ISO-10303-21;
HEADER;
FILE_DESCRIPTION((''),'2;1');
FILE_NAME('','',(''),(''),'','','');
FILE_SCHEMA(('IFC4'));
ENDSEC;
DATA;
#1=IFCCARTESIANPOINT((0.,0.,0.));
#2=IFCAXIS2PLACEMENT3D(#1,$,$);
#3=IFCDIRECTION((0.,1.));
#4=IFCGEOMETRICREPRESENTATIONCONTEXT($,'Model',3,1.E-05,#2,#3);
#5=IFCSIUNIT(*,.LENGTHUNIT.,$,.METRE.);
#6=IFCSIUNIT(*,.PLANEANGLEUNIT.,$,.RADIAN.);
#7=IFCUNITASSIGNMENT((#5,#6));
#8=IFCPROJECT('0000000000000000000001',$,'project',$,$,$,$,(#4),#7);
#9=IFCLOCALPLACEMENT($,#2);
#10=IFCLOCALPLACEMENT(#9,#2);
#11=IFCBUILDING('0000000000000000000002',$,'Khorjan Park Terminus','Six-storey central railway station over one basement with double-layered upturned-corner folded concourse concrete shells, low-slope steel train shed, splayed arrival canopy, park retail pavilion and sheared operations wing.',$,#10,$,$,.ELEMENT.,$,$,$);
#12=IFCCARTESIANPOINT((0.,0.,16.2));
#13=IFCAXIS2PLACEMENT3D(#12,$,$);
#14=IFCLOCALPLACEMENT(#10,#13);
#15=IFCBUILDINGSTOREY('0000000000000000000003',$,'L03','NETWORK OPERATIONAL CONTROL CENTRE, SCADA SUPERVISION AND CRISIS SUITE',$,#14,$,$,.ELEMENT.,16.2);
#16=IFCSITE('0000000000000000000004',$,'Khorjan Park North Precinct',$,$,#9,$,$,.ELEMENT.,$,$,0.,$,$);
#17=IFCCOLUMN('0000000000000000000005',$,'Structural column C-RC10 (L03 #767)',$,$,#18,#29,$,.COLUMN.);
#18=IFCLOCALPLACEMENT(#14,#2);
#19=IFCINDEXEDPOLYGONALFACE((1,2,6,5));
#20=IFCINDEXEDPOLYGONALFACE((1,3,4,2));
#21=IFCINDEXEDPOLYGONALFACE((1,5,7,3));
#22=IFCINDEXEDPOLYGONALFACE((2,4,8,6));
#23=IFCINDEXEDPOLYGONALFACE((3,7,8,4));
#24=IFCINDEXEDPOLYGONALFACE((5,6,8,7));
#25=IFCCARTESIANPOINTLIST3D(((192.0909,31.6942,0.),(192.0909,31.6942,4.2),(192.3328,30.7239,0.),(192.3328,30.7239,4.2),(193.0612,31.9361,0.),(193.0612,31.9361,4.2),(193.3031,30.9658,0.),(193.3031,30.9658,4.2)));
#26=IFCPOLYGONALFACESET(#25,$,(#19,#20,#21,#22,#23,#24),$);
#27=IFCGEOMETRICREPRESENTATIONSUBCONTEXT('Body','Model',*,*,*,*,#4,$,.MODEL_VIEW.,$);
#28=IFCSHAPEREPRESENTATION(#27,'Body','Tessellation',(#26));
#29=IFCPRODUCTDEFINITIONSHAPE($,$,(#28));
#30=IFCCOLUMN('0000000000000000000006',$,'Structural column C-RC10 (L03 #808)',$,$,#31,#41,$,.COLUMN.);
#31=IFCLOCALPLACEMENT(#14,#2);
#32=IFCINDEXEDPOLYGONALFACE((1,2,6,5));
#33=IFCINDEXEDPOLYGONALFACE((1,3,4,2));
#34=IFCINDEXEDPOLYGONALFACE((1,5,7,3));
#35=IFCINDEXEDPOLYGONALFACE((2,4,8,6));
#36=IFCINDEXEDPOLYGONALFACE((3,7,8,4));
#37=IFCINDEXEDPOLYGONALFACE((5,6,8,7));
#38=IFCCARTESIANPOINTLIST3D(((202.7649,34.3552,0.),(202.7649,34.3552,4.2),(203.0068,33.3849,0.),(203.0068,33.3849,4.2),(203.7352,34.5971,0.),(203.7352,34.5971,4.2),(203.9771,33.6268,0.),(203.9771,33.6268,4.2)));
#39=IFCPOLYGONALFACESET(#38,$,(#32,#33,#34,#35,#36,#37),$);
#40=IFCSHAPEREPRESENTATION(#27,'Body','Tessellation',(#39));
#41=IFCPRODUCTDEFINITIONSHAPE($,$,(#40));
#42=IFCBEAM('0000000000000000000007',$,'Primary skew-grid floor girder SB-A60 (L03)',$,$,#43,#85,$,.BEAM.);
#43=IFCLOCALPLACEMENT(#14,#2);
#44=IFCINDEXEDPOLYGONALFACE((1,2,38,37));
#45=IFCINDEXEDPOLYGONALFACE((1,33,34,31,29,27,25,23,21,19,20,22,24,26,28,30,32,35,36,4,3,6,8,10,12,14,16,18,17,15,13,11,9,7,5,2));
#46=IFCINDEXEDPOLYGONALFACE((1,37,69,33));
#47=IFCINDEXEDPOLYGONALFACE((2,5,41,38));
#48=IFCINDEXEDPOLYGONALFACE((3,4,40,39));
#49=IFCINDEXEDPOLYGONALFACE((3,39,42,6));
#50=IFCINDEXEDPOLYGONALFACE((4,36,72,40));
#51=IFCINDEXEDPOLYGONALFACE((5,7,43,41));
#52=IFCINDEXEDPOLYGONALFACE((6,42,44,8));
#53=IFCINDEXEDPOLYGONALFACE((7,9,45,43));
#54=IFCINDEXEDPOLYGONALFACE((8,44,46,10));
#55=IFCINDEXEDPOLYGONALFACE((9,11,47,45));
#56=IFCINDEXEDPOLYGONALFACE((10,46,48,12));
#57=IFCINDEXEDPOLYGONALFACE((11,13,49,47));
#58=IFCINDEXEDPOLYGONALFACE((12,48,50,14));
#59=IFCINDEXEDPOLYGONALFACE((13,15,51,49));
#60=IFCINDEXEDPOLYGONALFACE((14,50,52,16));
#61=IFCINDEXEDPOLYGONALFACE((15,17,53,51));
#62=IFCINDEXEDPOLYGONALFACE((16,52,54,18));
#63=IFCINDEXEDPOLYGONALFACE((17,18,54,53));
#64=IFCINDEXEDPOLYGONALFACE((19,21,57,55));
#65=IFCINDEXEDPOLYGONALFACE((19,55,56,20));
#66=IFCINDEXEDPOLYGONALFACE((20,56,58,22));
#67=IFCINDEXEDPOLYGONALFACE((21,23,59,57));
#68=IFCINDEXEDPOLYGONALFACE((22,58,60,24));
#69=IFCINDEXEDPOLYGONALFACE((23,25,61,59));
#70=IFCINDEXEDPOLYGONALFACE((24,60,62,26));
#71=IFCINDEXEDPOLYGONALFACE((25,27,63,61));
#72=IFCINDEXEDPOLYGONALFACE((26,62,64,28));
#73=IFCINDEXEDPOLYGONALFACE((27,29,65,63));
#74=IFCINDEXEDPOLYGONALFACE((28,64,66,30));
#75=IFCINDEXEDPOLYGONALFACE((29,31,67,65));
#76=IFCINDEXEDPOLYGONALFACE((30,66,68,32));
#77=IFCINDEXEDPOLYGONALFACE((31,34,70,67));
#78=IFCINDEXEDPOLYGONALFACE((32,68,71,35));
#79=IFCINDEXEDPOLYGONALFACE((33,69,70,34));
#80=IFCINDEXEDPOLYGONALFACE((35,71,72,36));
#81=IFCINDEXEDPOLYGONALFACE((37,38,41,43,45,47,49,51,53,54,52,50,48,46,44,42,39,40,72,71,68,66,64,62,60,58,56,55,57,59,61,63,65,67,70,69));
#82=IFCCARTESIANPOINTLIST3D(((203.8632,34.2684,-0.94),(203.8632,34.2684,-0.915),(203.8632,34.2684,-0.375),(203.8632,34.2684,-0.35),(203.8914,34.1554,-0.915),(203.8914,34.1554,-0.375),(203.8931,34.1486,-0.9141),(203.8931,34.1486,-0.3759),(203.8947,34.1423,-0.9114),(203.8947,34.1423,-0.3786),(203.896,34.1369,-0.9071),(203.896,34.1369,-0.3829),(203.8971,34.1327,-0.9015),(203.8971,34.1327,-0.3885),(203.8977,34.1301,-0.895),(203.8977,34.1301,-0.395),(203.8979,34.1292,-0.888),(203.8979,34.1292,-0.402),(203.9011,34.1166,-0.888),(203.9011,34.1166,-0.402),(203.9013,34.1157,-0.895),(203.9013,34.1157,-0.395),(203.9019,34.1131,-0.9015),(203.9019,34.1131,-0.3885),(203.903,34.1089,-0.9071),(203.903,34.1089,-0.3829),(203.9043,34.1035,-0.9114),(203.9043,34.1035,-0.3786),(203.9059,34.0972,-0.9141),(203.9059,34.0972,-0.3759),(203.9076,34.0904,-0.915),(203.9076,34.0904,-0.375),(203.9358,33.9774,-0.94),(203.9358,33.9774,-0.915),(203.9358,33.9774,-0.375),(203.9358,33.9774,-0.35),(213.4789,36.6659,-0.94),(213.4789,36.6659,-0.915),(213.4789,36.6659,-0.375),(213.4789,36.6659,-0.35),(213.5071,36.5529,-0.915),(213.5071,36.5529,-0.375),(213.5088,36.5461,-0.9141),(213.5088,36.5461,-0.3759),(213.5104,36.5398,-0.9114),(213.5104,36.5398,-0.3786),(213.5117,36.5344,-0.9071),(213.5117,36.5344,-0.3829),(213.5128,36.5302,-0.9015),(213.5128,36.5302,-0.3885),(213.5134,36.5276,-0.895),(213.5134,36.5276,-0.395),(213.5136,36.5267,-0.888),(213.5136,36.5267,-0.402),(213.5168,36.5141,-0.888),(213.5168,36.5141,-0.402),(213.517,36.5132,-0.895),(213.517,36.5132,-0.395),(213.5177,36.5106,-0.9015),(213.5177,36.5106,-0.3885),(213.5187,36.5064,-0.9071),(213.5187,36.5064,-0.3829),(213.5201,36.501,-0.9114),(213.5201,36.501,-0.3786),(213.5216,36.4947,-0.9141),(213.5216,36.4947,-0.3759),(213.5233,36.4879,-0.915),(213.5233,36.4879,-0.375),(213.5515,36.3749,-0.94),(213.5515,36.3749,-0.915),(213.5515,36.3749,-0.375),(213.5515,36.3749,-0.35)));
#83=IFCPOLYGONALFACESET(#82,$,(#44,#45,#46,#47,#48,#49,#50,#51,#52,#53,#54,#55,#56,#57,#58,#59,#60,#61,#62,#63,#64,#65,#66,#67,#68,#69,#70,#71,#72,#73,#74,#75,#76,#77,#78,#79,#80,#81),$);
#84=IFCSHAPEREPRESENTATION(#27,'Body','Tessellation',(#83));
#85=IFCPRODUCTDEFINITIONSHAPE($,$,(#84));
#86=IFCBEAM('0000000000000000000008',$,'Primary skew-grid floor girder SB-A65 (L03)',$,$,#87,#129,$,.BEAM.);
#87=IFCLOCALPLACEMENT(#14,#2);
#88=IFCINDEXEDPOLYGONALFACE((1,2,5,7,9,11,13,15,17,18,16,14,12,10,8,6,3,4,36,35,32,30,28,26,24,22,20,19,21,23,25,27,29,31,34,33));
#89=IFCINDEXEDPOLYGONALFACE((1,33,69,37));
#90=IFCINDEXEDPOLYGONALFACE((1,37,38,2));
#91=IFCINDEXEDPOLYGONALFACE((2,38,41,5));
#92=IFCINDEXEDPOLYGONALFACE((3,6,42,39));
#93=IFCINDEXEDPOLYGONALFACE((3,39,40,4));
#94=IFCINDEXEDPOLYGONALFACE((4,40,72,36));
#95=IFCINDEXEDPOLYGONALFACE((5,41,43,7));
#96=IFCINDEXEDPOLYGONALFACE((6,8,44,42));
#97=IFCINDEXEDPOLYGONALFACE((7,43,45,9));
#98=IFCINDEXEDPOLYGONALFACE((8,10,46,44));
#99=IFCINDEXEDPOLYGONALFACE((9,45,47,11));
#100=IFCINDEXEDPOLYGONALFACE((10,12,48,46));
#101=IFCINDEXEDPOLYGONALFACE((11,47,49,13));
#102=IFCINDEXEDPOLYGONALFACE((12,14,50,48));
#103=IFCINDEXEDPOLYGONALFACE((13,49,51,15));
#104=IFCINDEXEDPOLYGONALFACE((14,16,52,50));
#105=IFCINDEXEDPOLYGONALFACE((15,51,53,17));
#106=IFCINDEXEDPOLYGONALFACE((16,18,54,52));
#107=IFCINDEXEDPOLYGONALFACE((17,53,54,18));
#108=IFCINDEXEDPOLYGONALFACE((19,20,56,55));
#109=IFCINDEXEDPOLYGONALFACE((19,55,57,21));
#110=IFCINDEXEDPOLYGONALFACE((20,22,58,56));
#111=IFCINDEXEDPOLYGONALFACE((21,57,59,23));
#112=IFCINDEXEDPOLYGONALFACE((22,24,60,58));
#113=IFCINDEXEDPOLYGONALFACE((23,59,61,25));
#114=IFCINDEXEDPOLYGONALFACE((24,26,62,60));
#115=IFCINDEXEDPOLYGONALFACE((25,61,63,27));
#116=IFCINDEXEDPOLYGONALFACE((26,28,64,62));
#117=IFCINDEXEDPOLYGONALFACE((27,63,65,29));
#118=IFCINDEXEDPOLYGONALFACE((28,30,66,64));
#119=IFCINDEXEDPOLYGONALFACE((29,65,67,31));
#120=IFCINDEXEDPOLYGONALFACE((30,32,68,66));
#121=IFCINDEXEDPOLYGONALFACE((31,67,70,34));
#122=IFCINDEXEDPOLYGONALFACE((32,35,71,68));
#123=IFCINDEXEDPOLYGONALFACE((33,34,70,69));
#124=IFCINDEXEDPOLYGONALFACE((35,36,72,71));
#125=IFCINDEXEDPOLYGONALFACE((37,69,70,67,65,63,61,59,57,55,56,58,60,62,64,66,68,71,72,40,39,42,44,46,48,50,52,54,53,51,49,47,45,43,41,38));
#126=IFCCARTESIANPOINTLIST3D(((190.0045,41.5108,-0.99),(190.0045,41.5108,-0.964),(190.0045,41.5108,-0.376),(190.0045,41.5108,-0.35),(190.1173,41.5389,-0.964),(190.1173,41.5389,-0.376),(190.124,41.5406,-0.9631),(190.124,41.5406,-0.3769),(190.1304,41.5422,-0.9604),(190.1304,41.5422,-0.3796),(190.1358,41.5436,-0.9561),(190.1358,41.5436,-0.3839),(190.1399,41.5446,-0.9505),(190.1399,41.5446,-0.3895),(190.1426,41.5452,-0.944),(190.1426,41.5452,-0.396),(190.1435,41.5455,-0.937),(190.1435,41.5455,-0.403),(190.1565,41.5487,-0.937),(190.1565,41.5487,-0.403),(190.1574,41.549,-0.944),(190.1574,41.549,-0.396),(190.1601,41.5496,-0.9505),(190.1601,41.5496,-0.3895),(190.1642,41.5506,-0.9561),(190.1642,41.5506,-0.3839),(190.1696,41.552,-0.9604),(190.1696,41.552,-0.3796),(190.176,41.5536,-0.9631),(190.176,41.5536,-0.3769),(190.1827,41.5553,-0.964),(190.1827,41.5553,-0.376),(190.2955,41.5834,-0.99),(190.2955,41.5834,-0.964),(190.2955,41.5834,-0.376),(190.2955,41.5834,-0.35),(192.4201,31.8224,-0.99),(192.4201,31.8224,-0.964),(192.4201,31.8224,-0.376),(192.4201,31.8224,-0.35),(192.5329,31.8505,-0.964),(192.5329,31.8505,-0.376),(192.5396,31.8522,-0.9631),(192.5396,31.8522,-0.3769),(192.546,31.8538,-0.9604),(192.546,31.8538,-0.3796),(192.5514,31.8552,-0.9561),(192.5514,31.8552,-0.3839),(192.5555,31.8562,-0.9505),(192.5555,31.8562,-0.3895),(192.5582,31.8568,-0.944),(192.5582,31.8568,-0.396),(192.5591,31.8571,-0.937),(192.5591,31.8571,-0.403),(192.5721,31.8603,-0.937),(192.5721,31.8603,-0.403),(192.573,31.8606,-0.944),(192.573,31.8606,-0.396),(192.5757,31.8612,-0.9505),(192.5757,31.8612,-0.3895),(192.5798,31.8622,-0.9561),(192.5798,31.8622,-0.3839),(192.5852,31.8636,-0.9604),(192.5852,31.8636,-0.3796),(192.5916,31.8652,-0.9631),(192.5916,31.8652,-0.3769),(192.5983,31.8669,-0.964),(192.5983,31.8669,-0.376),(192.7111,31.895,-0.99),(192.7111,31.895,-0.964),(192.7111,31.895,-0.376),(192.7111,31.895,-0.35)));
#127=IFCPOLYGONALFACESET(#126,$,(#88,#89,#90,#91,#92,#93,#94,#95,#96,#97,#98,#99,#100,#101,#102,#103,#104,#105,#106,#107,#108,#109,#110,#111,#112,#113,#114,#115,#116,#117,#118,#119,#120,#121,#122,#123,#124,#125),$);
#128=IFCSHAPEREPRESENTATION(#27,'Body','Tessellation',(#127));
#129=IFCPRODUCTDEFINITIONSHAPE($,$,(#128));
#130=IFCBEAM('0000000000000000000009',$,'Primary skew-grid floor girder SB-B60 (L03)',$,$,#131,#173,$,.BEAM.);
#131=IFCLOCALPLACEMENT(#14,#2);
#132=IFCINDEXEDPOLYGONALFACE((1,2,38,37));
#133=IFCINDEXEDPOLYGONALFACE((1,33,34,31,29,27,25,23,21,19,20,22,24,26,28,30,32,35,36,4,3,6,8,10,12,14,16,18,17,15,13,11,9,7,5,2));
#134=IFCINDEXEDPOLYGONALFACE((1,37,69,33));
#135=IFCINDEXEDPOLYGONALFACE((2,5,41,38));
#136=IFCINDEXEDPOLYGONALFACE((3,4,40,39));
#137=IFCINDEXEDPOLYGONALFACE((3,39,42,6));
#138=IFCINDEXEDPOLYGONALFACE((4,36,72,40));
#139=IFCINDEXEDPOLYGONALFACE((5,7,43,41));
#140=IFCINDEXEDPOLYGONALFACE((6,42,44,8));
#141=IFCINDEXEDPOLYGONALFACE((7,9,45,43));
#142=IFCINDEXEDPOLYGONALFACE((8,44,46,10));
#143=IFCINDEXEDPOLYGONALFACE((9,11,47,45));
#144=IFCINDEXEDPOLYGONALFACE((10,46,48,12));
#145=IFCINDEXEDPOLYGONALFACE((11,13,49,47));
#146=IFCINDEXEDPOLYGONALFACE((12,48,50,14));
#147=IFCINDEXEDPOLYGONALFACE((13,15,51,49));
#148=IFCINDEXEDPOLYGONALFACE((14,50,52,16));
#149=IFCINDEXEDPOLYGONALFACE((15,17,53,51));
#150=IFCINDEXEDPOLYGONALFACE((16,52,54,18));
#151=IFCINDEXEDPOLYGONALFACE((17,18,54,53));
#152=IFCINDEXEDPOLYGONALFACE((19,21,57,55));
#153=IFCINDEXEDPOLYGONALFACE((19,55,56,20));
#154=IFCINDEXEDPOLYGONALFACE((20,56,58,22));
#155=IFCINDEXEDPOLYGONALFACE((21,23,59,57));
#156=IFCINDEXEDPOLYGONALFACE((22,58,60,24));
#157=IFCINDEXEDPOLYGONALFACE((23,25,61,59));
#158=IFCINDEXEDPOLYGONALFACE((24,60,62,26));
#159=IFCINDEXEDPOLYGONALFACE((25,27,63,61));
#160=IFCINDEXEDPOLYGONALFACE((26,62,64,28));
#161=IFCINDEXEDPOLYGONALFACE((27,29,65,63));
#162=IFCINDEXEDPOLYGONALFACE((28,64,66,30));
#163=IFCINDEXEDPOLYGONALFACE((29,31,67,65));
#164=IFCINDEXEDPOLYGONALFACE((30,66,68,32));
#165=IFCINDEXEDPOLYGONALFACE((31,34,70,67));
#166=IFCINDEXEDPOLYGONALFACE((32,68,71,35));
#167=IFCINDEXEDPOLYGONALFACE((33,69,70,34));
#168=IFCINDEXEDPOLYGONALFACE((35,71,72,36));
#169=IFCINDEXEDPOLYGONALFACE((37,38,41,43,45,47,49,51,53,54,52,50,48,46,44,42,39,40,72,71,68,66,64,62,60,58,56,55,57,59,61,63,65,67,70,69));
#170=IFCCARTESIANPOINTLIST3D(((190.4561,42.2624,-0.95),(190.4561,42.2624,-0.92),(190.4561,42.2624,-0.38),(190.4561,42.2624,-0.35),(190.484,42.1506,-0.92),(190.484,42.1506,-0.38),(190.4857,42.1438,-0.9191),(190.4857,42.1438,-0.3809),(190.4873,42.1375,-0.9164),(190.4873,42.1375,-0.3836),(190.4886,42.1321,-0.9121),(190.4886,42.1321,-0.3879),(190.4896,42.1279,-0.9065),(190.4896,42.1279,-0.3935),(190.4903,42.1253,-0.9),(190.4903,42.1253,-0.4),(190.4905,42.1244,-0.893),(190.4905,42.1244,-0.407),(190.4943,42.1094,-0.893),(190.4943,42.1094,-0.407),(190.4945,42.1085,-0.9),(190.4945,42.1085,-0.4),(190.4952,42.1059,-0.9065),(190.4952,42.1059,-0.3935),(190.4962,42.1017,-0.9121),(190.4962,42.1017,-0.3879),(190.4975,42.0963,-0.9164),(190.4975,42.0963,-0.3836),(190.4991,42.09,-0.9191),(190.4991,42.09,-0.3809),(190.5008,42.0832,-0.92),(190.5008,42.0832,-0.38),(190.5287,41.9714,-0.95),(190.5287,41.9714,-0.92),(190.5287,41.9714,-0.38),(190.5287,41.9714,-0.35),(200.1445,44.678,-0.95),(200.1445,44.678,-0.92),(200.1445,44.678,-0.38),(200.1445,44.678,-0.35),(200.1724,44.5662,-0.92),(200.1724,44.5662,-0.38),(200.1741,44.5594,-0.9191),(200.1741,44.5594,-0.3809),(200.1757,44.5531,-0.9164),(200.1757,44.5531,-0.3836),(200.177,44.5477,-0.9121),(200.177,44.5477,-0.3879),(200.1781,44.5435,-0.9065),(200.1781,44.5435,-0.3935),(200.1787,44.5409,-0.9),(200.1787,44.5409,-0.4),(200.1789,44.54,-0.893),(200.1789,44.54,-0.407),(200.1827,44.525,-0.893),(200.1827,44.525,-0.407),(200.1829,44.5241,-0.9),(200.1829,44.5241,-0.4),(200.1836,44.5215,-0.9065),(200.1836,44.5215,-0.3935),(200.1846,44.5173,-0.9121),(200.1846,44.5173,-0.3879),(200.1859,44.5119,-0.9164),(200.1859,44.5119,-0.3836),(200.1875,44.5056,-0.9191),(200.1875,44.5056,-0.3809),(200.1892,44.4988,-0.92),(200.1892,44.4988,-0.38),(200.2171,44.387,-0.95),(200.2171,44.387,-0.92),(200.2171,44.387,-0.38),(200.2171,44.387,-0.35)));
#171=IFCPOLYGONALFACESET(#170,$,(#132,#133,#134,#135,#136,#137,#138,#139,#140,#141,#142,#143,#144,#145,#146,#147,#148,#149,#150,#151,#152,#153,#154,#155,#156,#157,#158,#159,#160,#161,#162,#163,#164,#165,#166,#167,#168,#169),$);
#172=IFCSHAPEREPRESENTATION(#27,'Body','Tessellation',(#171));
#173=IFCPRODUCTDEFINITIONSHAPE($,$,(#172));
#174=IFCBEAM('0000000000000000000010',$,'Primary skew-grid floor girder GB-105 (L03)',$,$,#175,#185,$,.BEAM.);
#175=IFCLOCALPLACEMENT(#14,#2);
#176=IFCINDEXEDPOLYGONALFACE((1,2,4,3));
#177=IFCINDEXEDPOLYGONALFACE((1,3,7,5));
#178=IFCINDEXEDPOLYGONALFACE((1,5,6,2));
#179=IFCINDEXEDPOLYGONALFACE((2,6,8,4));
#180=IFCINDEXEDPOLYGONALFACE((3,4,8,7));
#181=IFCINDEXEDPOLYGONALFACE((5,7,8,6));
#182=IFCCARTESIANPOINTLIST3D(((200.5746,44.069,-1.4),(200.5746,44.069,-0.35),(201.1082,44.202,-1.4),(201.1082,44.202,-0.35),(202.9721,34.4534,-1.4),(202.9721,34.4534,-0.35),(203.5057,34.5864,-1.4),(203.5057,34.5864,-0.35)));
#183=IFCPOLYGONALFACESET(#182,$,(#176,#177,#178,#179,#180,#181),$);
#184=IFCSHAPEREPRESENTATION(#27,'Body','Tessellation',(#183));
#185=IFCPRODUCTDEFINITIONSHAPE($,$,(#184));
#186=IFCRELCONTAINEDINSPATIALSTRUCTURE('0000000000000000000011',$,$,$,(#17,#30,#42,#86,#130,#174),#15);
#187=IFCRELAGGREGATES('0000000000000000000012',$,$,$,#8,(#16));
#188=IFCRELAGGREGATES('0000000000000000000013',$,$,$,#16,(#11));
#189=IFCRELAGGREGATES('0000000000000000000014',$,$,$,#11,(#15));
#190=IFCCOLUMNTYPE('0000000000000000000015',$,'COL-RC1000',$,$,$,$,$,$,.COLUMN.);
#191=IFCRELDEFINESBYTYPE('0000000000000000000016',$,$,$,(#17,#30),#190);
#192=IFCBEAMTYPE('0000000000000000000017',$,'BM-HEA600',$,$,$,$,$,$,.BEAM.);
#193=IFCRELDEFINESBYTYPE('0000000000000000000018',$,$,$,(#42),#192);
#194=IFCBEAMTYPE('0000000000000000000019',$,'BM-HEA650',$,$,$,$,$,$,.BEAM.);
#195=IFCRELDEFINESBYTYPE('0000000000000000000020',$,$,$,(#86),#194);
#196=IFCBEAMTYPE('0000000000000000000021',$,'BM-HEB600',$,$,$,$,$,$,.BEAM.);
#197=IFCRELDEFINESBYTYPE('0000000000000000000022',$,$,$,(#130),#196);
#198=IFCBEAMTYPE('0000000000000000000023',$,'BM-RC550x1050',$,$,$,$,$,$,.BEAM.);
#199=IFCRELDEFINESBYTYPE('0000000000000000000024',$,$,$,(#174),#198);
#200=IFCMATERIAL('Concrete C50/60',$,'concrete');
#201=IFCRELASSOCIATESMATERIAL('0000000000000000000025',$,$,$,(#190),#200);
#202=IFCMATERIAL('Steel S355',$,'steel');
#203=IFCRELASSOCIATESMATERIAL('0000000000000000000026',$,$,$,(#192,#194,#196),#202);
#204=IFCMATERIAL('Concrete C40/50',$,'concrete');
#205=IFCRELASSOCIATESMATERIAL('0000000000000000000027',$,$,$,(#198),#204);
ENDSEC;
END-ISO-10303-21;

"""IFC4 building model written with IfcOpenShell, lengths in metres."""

from ifc_helpers import new_model, si_unit, direction, frame, origin, origin_2d, place, context, subcontext, project, spatial, rectangle, i_section, extrude, material, material_profile, profile_set, type_object, element, save


model = new_model("IFC4")

# Units and contexts
model_context = context("Model", 3, precision=1e-05, world=origin(), true_north=direction((0.0, 1.0)))
body_context = subcontext(model_context, "Body", "Model", "MODEL_VIEW")
ifc_project = project(units=[si_unit("LENGTHUNIT", "METRE"), si_unit("PLANEANGLEUNIT", "RADIAN")], contexts=[model_context])

# Site, building, storey
site_placement = place(None, origin())
site = spatial("IfcSite", under=ifc_project, at=site_placement, Name="Khorjan Park North Precinct", CompositionType="ELEMENT", RefElevation=0.0)
building_placement = place(site_placement, origin())
building = spatial("IfcBuilding", under=site, at=building_placement, Name="Khorjan Park Terminus", Description="Six-storey central railway station over one basement with double-layered upturned-corner folded concourse concrete shells, low-slope steel train shed, splayed arrival canopy, park retail pavilion and sheared operations wing.", CompositionType="ELEMENT")
storey_placement = place(building_placement, frame((0.0, 0.0, 16.2)))
storey = spatial("IfcBuildingStorey", under=building, at=storey_placement, Name="L03", Description="NETWORK OPERATIONAL CONTROL CENTRE, SCADA SUPERVISION AND CRISIS SUITE", CompositionType="ELEMENT", Elevation=16.2)

# Columns
ifc_material_1 = material(Name="Concrete C50/60", Category="concrete")
ifc_material_profile_1 = material_profile(ifc_material_1, rectangle(XDim=1.0, YDim=1.0, at=origin_2d()), Name="RC 1000x1000")
ifc_profile_set_1 = profile_set([ifc_material_profile_1], Name="Concrete C50/60")
column_type = type_object("IfcColumnType", Name="COL-RC1000", PredefinedType="COLUMN", material=ifc_profile_set_1)
for number, where, z_axis, x_axis, name in (
    (1, (192.697, 31.33, 0.0), (0.0, 0.0, 1.0), (0.970296, 0.241922, 0.0), "Structural column C-RC10 (L03 #767)"),
    (2, (203.371, 33.991, 0.0), (0.0, 0.0, 1.0), (0.970296, 0.241922, 0.0), "Structural column C-RC10 (L03 #808)"),
):
    element("IfcColumn", number, at=place(storey_placement, frame(where, z_axis=z_axis, x_axis=x_axis)), inside=storey, type_object=column_type, Name=name, PredefinedType="COLUMN", context=body_context, shape_type="SweptSolid", body=[
        extrude(rectangle(XDim=1.0, YDim=1.0, at=origin_2d()), origin(), (0.0, 0.0, 1.0), 4.2),
    ])

# Beams
ifc_material_2 = material(Name="Steel S355", Category="steel")
ifc_material_profile_2 = material_profile(ifc_material_2, i_section(OverallWidth=0.3, OverallDepth=0.59, WebThickness=0.013, FlangeThickness=0.025, FilletRadius=0.027, at=origin_2d()), Name="HEA 600")
ifc_profile_set_2 = profile_set([ifc_material_profile_2], Name="Steel S355")
beam_type_1 = type_object("IfcBeamType", Name="BM-HEA600", PredefinedType="BEAM", material=ifc_profile_set_2)
beam_1_placement = place(storey_placement, frame((203.8995, 34.1229, -0.645), z_axis=(0.970295, 0.241925, 0.0), x_axis=(-0.241925, 0.970295, 0.0)))
element("IfcBeam", 3, at=beam_1_placement, inside=storey, type_object=beam_type_1, Name="Primary skew-grid floor girder SB-A60 (L03)", PredefinedType="BEAM", context=body_context, shape_type="SweptSolid", body=[
    extrude(i_section(OverallWidth=0.3, OverallDepth=0.59, WebThickness=0.013, FlangeThickness=0.025, FilletRadius=0.027, at=origin_2d()), origin(), (0.0, 0.0, 1.0), 9.9101),
])
ifc_material_profile_3 = material_profile(ifc_material_2, i_section(OverallWidth=0.3, OverallDepth=0.64, WebThickness=0.0135, FlangeThickness=0.026, FilletRadius=0.027, at=origin_2d()), Name="HEA 650")
ifc_profile_set_3 = profile_set([ifc_material_profile_3], Name="Steel S355")
beam_type_2 = type_object("IfcBeamType", Name="BM-HEA650", PredefinedType="BEAM", material=ifc_profile_set_3)
beam_2_placement = place(storey_placement, frame((192.5656, 31.8587, -0.67), z_axis=(-0.241923, 0.970295, 0.0), x_axis=(-0.970295, -0.241923, 0.0)))
element("IfcBeam", 4, at=beam_2_placement, inside=storey, type_object=beam_type_2, Name="Primary skew-grid floor girder SB-A65 (L03)", PredefinedType="BEAM", context=body_context, shape_type="SweptSolid", body=[
    extrude(i_section(OverallWidth=0.3, OverallDepth=0.64, WebThickness=0.0135, FlangeThickness=0.026, FilletRadius=0.027, at=origin_2d()), origin(), (0.0, 0.0, 1.0), 9.985),
])
ifc_material_profile_4 = material_profile(ifc_material_2, i_section(OverallWidth=0.3, OverallDepth=0.6, WebThickness=0.0155, FlangeThickness=0.03, FilletRadius=0.027, at=origin_2d()), Name="HEB 600")
ifc_profile_set_4 = profile_set([ifc_material_profile_4], Name="Steel S355")
beam_type_3 = type_object("IfcBeamType", Name="BM-HEB600", PredefinedType="BEAM", material=ifc_profile_set_4)
beam_3_placement = place(storey_placement, frame((190.4924, 42.1169, -0.65), z_axis=(0.970295, 0.241923, 0.0), x_axis=(-0.241923, 0.970295, 0.0)))
element("IfcBeam", 5, at=beam_3_placement, inside=storey, type_object=beam_type_3, Name="Primary skew-grid floor girder SB-B60 (L03)", PredefinedType="BEAM", context=body_context, shape_type="SweptSolid", body=[
    extrude(i_section(OverallWidth=0.3, OverallDepth=0.6, WebThickness=0.0155, FlangeThickness=0.03, FilletRadius=0.027, at=origin_2d()), origin(), (0.0, 0.0, 1.0), 9.985),
])
ifc_material_3 = material(Name="Concrete C40/50", Category="concrete")
ifc_material_profile_5 = material_profile(ifc_material_3, rectangle(XDim=0.55, YDim=1.05, at=origin_2d()), Name="RC 550x1050")
ifc_profile_set_5 = profile_set([ifc_material_profile_5], Name="Concrete C40/50")
beam_type_4 = type_object("IfcBeamType", Name="BM-RC550x1050", PredefinedType="BEAM", material=ifc_profile_set_5)
beam_4_placement = place(storey_placement, frame((203.2389, 34.5199, -0.875), z_axis=(-0.241928, 0.970294, 0.0), x_axis=(-0.970294, -0.241928, 0.0)))
element("IfcBeam", 6, at=beam_4_placement, inside=storey, type_object=beam_type_4, Name="Primary skew-grid floor girder GB-105 (L03)", PredefinedType="BEAM", context=body_context, shape_type="SweptSolid", body=[
    extrude(rectangle(XDim=0.55, YDim=1.05, at=origin_2d()), origin(), (0.0, 0.0, 1.0), 9.91),
])

save(model, "model.ifc")
